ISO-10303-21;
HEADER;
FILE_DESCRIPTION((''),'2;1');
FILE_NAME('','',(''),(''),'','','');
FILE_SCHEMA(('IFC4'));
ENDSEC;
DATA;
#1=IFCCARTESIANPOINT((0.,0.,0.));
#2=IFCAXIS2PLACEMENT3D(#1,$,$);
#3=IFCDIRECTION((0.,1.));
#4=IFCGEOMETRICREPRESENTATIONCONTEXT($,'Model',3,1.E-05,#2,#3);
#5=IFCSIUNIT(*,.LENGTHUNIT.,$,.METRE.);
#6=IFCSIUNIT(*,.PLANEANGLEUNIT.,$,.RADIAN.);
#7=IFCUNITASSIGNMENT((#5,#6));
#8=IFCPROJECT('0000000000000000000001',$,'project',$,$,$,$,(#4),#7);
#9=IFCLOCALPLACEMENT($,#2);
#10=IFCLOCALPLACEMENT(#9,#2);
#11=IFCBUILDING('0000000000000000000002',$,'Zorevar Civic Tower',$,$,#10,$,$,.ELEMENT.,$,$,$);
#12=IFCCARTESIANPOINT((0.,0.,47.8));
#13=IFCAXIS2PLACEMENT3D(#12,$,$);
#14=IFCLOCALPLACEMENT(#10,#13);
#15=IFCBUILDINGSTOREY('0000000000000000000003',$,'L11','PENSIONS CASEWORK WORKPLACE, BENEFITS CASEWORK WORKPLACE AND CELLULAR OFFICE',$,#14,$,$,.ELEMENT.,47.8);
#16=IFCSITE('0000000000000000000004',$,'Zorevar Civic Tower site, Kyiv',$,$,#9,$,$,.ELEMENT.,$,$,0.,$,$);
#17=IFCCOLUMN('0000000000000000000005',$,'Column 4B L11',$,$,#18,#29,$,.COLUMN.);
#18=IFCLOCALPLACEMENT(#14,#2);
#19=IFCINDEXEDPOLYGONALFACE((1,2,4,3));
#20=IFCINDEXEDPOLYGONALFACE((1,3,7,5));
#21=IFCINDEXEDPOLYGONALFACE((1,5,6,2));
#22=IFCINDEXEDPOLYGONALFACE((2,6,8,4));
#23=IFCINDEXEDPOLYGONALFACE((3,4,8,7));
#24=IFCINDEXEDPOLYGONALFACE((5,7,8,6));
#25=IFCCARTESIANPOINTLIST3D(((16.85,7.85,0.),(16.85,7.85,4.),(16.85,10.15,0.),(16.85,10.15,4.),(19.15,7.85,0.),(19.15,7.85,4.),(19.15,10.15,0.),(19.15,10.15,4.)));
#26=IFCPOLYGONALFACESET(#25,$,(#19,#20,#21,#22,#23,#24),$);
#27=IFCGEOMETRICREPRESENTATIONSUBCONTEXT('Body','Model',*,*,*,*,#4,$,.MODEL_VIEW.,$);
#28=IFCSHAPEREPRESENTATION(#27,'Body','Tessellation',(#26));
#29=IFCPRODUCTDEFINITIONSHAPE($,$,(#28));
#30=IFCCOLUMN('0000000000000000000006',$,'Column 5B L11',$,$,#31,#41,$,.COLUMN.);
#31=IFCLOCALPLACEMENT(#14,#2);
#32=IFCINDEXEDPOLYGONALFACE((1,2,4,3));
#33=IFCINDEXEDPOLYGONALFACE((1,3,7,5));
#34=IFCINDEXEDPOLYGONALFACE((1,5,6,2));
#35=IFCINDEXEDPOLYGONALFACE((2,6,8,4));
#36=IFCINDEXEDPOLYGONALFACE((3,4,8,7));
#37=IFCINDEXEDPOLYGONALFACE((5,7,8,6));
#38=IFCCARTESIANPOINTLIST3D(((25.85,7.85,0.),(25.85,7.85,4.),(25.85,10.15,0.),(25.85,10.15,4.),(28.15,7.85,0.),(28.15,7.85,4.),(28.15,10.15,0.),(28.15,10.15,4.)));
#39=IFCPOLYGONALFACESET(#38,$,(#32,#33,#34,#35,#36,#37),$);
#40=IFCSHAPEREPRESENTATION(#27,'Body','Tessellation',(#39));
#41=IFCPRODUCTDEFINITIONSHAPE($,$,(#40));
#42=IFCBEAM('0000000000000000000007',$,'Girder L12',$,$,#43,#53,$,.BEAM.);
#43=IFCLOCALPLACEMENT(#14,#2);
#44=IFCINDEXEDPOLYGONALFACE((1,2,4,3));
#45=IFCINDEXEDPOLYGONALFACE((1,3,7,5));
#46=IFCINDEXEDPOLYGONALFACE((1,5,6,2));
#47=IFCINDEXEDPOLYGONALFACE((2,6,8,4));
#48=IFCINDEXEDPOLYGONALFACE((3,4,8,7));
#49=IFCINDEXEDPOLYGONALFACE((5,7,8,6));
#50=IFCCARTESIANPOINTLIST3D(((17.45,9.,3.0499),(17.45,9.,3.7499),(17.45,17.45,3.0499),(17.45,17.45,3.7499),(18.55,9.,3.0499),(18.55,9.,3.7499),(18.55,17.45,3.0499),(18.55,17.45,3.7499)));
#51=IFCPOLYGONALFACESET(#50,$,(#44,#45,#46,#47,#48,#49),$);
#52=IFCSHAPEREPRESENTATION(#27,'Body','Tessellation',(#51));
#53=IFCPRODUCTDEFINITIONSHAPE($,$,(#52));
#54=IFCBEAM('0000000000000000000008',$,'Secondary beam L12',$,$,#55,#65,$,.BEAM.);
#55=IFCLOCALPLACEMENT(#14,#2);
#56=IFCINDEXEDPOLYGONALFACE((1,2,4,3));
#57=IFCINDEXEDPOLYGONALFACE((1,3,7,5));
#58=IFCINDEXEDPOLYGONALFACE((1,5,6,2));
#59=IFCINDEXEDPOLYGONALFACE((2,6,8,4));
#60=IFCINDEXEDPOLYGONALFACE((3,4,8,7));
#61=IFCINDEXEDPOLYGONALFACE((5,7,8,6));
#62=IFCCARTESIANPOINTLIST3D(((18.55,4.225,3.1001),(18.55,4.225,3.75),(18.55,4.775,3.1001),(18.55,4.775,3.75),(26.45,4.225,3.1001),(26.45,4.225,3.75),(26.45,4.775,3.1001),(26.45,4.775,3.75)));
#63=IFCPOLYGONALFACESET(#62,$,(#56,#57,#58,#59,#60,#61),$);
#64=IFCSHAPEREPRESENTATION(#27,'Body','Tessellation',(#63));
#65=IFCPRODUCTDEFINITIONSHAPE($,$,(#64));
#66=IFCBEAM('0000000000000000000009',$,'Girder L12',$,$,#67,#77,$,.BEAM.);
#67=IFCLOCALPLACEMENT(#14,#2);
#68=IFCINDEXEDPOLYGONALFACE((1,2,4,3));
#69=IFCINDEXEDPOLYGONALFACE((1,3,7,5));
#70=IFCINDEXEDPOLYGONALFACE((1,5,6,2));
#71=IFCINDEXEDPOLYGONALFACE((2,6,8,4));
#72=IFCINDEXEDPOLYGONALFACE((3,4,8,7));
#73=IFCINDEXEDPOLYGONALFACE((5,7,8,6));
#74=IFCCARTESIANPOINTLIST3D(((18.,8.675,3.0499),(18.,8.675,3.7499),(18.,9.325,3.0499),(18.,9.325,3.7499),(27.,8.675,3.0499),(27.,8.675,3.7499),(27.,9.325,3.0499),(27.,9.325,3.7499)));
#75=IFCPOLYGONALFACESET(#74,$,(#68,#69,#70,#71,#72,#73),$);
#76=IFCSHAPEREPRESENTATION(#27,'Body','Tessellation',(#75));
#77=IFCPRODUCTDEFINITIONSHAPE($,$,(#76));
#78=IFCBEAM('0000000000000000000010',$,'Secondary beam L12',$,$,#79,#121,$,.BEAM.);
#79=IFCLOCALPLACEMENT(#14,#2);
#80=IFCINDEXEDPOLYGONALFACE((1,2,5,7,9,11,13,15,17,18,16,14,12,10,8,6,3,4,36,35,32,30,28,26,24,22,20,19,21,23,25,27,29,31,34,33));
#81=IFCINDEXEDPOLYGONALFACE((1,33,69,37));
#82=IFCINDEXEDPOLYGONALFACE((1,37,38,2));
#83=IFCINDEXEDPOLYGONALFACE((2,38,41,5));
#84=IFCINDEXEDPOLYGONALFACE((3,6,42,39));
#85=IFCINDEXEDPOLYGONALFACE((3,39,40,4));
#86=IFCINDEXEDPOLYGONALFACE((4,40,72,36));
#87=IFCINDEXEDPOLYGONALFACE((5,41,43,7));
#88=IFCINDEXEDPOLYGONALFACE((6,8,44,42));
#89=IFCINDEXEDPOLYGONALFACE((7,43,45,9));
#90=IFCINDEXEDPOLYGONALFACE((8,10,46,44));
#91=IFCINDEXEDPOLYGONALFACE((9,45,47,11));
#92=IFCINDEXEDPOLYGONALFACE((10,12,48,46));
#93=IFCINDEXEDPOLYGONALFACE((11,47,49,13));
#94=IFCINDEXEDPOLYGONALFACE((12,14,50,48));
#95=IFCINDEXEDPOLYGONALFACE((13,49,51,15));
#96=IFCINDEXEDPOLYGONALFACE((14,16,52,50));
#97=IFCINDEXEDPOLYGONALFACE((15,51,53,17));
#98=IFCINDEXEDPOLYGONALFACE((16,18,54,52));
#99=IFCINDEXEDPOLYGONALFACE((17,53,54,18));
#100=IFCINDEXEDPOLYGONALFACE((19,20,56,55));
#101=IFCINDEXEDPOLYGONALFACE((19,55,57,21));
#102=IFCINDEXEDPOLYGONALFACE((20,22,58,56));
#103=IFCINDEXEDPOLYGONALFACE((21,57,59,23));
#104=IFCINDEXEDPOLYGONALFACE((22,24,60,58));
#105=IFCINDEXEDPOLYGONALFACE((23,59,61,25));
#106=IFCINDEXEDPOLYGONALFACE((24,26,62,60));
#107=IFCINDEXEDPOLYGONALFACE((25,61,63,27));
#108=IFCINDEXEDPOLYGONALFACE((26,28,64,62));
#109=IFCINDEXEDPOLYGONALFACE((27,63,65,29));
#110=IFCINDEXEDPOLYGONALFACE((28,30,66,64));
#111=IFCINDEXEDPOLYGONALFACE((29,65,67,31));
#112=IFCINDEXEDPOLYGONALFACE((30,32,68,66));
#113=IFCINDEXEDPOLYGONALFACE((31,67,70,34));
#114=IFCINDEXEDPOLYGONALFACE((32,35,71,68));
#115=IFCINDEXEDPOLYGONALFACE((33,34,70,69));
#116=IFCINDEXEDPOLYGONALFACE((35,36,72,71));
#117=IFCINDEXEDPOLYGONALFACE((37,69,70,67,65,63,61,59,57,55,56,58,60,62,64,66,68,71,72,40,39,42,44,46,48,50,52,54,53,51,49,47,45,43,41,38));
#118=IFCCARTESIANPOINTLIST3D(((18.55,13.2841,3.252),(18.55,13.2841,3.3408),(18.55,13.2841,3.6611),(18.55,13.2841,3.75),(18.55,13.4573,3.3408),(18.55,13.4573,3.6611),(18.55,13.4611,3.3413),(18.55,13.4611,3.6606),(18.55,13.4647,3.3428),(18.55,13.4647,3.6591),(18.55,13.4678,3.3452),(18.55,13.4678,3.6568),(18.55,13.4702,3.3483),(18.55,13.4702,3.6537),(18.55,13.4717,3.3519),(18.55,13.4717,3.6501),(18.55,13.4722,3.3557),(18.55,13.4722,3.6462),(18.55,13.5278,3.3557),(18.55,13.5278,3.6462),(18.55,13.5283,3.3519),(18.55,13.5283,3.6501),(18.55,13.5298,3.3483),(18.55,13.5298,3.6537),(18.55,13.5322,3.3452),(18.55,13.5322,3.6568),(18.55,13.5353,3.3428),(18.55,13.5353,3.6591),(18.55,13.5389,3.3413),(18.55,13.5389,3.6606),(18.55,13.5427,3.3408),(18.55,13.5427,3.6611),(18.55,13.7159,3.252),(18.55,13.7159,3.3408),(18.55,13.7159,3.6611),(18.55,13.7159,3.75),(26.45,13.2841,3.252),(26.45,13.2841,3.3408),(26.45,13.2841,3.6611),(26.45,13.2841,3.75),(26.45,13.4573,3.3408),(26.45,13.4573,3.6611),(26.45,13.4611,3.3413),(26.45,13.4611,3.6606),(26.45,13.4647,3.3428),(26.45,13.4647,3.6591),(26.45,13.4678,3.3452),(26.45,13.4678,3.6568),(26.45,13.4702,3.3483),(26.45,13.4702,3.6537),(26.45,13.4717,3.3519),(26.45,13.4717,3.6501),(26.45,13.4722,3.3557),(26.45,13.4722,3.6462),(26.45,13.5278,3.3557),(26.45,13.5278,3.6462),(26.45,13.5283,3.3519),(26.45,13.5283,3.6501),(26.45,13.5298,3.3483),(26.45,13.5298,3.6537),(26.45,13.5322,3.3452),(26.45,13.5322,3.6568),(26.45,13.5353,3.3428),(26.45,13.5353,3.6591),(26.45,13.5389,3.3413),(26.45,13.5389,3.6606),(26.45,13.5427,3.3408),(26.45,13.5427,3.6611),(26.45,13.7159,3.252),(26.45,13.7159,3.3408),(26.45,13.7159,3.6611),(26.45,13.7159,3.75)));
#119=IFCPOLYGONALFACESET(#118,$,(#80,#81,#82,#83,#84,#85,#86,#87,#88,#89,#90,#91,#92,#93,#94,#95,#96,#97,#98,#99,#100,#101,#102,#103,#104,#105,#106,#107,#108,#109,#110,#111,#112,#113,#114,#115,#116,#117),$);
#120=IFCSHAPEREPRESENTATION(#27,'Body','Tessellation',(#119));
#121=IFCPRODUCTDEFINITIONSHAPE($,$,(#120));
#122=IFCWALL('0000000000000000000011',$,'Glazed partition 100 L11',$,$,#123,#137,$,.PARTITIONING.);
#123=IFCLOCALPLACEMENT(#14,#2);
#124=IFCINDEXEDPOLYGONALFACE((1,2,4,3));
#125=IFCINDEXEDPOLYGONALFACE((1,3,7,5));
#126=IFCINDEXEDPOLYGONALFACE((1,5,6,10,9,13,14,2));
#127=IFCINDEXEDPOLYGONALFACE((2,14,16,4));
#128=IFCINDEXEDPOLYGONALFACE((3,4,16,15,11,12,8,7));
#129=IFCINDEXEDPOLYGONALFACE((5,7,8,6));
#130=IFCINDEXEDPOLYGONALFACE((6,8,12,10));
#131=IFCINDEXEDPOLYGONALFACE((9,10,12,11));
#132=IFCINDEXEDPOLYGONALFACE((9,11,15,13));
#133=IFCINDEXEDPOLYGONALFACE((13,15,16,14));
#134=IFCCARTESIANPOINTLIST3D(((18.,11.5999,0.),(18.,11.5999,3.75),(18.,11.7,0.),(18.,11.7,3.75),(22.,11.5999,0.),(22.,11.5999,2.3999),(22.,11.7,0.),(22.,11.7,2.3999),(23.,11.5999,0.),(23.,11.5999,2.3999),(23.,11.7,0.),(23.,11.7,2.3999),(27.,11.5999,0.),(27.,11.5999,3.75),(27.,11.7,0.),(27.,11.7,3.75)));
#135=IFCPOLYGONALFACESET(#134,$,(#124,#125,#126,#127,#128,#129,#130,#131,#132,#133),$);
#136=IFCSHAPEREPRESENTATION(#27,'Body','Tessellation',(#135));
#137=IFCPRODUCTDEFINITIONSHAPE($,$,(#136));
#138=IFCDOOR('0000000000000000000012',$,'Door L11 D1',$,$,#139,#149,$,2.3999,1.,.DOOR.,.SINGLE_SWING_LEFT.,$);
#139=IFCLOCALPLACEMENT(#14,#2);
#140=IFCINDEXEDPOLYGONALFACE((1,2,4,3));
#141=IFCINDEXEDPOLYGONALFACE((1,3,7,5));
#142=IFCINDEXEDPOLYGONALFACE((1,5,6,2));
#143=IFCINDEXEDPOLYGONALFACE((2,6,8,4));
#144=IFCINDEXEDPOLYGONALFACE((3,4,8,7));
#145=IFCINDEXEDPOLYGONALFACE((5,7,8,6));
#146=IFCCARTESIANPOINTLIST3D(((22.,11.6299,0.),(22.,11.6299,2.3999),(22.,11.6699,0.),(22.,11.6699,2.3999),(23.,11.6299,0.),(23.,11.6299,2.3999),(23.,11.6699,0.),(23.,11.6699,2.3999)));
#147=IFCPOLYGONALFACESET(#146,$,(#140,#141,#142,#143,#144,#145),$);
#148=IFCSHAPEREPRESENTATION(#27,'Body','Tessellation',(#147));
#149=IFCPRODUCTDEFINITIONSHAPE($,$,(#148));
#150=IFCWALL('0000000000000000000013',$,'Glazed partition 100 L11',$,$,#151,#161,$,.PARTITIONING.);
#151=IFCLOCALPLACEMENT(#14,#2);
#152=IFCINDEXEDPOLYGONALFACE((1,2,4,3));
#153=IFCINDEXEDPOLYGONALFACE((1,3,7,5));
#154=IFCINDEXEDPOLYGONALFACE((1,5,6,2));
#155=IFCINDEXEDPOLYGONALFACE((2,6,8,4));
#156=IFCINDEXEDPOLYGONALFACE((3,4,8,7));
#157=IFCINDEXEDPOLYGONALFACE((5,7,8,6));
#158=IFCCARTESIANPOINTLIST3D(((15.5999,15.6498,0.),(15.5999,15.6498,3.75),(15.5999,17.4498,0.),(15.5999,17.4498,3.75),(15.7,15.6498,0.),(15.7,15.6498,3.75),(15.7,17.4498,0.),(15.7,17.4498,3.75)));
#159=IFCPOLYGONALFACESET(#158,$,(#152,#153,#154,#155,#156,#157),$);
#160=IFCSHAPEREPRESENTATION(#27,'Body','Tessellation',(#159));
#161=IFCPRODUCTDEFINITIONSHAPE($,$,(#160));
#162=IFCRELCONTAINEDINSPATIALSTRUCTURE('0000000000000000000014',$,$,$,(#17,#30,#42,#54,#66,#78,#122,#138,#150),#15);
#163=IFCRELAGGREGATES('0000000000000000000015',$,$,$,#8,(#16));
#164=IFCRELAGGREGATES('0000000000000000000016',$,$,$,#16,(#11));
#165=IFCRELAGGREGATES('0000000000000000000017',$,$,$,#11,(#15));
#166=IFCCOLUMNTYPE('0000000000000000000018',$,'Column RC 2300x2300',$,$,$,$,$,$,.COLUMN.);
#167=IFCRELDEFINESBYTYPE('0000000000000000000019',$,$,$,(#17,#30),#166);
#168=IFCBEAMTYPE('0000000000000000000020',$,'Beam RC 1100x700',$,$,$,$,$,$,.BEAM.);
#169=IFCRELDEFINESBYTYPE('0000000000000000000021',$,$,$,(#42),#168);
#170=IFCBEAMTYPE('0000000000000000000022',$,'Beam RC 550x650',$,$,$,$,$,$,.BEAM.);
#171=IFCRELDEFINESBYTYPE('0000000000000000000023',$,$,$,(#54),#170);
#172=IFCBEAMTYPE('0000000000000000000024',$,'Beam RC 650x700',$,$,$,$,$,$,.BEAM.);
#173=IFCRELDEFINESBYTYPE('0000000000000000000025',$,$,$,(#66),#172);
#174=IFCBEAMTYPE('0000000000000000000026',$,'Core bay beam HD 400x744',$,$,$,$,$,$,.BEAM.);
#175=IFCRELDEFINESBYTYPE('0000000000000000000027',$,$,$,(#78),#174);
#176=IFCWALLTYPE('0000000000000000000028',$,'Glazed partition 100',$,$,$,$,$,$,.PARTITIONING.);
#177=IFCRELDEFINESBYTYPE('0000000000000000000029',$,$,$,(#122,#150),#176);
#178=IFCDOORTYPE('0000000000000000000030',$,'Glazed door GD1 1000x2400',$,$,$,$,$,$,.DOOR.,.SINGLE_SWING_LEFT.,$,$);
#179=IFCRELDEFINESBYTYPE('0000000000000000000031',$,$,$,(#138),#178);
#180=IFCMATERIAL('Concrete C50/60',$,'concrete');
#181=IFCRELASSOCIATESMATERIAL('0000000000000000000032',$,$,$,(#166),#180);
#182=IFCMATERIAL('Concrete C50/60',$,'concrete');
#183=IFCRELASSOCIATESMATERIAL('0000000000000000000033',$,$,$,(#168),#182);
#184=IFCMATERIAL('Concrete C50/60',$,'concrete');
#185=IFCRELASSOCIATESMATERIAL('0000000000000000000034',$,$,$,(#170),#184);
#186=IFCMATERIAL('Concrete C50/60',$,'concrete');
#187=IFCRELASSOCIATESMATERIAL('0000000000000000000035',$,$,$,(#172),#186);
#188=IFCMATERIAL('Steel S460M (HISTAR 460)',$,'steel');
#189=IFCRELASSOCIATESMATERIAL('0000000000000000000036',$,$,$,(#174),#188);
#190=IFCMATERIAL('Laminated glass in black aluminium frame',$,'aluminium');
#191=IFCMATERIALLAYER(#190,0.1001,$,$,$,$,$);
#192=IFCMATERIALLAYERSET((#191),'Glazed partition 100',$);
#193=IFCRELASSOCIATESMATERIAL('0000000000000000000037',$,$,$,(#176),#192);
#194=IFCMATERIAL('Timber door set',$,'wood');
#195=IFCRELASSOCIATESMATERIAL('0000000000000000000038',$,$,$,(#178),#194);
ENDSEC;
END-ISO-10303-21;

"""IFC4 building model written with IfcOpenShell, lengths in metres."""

from ifc_helpers import new_model, si_unit, direction, frame, frame_2d, origin, origin_2d, place, context, subcontext, project, spatial, rectangle, i_section, extrude, material, layer, layer_set, material_profile, profile_set, type_object, element, fill, save


model = new_model("IFC4")

# Units and contexts
model_context = context("Model", 3, precision=1e-05, world=origin(), true_north=direction((0.0, 1.0)))
body_context = subcontext(model_context, "Body", "Model", "MODEL_VIEW")
ifc_project = project(units=[si_unit("LENGTHUNIT", "METRE"), si_unit("PLANEANGLEUNIT", "RADIAN")], contexts=[model_context])

# Site, building, storey
site_placement = place(None, origin())
site = spatial("IfcSite", under=ifc_project, at=site_placement, Name="Zorevar Civic Tower site, Kyiv", CompositionType="ELEMENT", RefElevation=0.0)
building_placement = place(site_placement, origin())
building = spatial("IfcBuilding", under=site, at=building_placement, Name="Zorevar Civic Tower", CompositionType="ELEMENT")
storey_placement = place(building_placement, frame((0.0, 0.0, 47.8)))
storey = spatial("IfcBuildingStorey", under=building, at=storey_placement, Name="L11", Description="PENSIONS CASEWORK WORKPLACE, BENEFITS CASEWORK WORKPLACE AND CELLULAR OFFICE", CompositionType="ELEMENT", Elevation=47.8)

# Columns
ifc_material_1 = material(Name="Concrete C50/60", Category="concrete")
ifc_material_profile_1 = material_profile(ifc_material_1, rectangle(XDim=2.3, YDim=2.3, at=origin_2d()), Name="RC 2300x2300")
ifc_profile_set_1 = profile_set([ifc_material_profile_1], Name="Concrete C50/60")
column_type = type_object("IfcColumnType", Name="Column RC 2300x2300", PredefinedType="COLUMN", material=ifc_profile_set_1)
for number, where, z_axis, x_axis, name in (
    (1, (18.0, 9.0, 0.0), (0.0, 0.0, 1.0), (1.0, 0.0, 0.0), "Column 4B L11"),
    (2, (27.0, 9.0, 0.0), (0.0, 0.0, 1.0), (1.0, 0.0, 0.0), "Column 5B L11"),
):
    element("IfcColumn", number, at=place(storey_placement, frame(where, z_axis=z_axis, x_axis=x_axis)), inside=storey, type_object=column_type, Name=name, PredefinedType="COLUMN", context=body_context, shape_type="SweptSolid", body=[
        extrude(rectangle(XDim=2.3, YDim=2.3, at=origin_2d()), origin(), (0.0, 0.0, 1.0), 4.0),
    ])

# Beams
ifc_material_2 = material(Name="Concrete C50/60", Category="concrete")
ifc_material_profile_2 = material_profile(ifc_material_2, rectangle(XDim=1.1001, YDim=0.7, at=origin_2d()), Name="RC 1100x700")
ifc_profile_set_2 = profile_set([ifc_material_profile_2], Name="Concrete C50/60")
beam_type_1 = type_object("IfcBeamType", Name="Beam RC 1100x700", PredefinedType="BEAM", material=ifc_profile_set_2)
beam_1_placement = place(storey_placement, frame((18.0, 9.0, 3.3999), z_axis=(0.0, 1.0, 0.0), x_axis=(-1.0, 0.0, 0.0)))
element("IfcBeam", 3, at=beam_1_placement, inside=storey, type_object=beam_type_1, Name="Girder L12", PredefinedType="BEAM", context=body_context, shape_type="SweptSolid", body=[
    extrude(rectangle(XDim=1.1001, YDim=0.7, at=origin_2d()), origin(), (0.0, 0.0, 1.0), 8.45),
])
ifc_material_3 = material(Name="Concrete C50/60", Category="concrete")
ifc_material_profile_3 = material_profile(ifc_material_3, rectangle(XDim=0.55, YDim=0.6499, at=origin_2d()), Name="RC 550x650")
ifc_profile_set_3 = profile_set([ifc_material_profile_3], Name="Concrete C50/60")
beam_type_2 = type_object("IfcBeamType", Name="Beam RC 550x650", PredefinedType="BEAM", material=ifc_profile_set_3)
beam_2_placement = place(storey_placement, frame((18.55, 4.5, 3.425), z_axis=(1.0, 0.0, 0.0), x_axis=(0.0, 1.0, 0.0)))
element("IfcBeam", 4, at=beam_2_placement, inside=storey, type_object=beam_type_2, Name="Secondary beam L12", PredefinedType="BEAM", context=body_context, shape_type="SweptSolid", body=[
    extrude(rectangle(XDim=0.55, YDim=0.6499, at=origin_2d()), origin(), (0.0, 0.0, 1.0), 7.8999),
])
ifc_material_4 = material(Name="Concrete C50/60", Category="concrete")
ifc_material_profile_4 = material_profile(ifc_material_4, rectangle(XDim=0.6499, YDim=0.7, at=origin_2d()), Name="RC 650x700")
ifc_profile_set_4 = profile_set([ifc_material_profile_4], Name="Concrete C50/60")
beam_type_3 = type_object("IfcBeamType", Name="Beam RC 650x700", PredefinedType="BEAM", material=ifc_profile_set_4)
beam_3_placement = place(storey_placement, frame((18.0, 9.0, 3.3999), z_axis=(1.0, 0.0, 0.0), x_axis=(0.0, 1.0, 0.0)))
element("IfcBeam", 5, at=beam_3_placement, inside=storey, type_object=beam_type_3, Name="Girder L12", PredefinedType="BEAM", context=body_context, shape_type="SweptSolid", body=[
    extrude(rectangle(XDim=0.6499, YDim=0.7, at=origin_2d()), origin(), (0.0, 0.0, 1.0), 9.0),
])
ifc_material_5 = material(Name="Steel S460M (HISTAR 460)", Category="steel")
ifc_material_profile_5 = material_profile(ifc_material_5, i_section(OverallWidth=0.4319, OverallDepth=0.498, WebThickness=0.0557, FlangeThickness=0.0889, FilletRadius=0.0149, at=origin_2d()), Name="HD 400x744")
ifc_profile_set_5 = profile_set([ifc_material_profile_5], Name="Steel S460M (HISTAR 460)")
beam_type_4 = type_object("IfcBeamType", Name="Core bay beam HD 400x744", PredefinedType="BEAM", material=ifc_profile_set_5)
beam_4_placement = place(storey_placement, frame((18.55, 13.5, 3.501), z_axis=(1.0, 0.0, 0.0), x_axis=(0.0, 1.0, 0.0)))
element("IfcBeam", 6, at=beam_4_placement, inside=storey, type_object=beam_type_4, Name="Secondary beam L12", PredefinedType="BEAM", context=body_context, shape_type="SweptSolid", body=[
    extrude(i_section(OverallWidth=0.4319, OverallDepth=0.498, WebThickness=0.0557, FlangeThickness=0.0889, FilletRadius=0.0149, at=origin_2d()), origin(), (0.0, 0.0, 1.0), 7.8999),
])

# Wall, opening, door
ifc_material_6 = material(Name="Laminated glass in black aluminium frame", Category="aluminium")
ifc_layer_1 = layer(ifc_material_6, 0.1001)
ifc_layer_set_1 = layer_set([ifc_layer_1], Name="Glazed partition 100")
wall_type_1 = type_object("IfcWallType", Name="Glazed partition 100", PredefinedType="PARTITIONING", material=ifc_layer_set_1)
wall_1_placement = place(storey_placement, frame((18.0, 11.6499, 0.0), z_axis=(0.0, 0.0, 1.0), x_axis=(1.0, 0.0, 0.0)))
wall_1 = element("IfcWall", 7, at=wall_1_placement, inside=storey, type_object=wall_type_1, Name="Glazed partition 100 L11", PredefinedType="PARTITIONING", context=body_context, shape_type="SweptSolid", body=[
    extrude(rectangle(XDim=9.0, YDim=0.1001, at=frame_2d((4.5, 0.0))), origin(), (0.0, 0.0, 1.0), 3.75),
])
opening_1_placement = place(wall_1_placement, frame((4.0, 0.0, 0.0)))
opening_1 = element("IfcOpeningElement", 8, at=opening_1_placement, cuts=wall_1, PredefinedType="OPENING", context=body_context, shape_type="SweptSolid", body=[
    extrude(rectangle(XDim=1.0, YDim=2.3999, at=frame_2d((0.5, 1.2))), frame((0.0, 0.0601, 0.0), z_axis=(0.0, -1.0, 0.0), x_axis=(1.0, 0.0, 0.0)), (0.0, 0.0, 1.0), 0.1201),
])
ifc_material_7 = material(Name="Timber door set", Category="wood")
door_type_1 = type_object("IfcDoorType", Name="Glazed door GD1 1000x2400", OperationType="SINGLE_SWING_LEFT", PredefinedType="DOOR", material=ifc_material_7)
door_1_placement = place(opening_1_placement, origin())
door_1 = element("IfcDoor", 9, at=door_1_placement, inside=storey, type_object=door_type_1, Name="Door L11 D1", OperationType="SINGLE_SWING_LEFT", OverallHeight=2.3999, OverallWidth=1.0, PredefinedType="DOOR", context=body_context, shape_type="SweptSolid", body=[
    extrude(rectangle(XDim=1.0, YDim=2.3999, at=frame_2d((0.5, 1.2))), frame((0.0, 0.02, 0.0), z_axis=(0.0, -1.0, 0.0), x_axis=(1.0, 0.0, 0.0)), (0.0, 0.0, 1.0), 0.04),
])
fill(opening_1, door_1)

# Wall
wall_2_placement = place(storey_placement, frame((15.6499, 15.6499, 0.0), z_axis=(0.0, 0.0, 1.0), x_axis=(0.0, 1.0, 0.0)))
element("IfcWall", 10, at=wall_2_placement, inside=storey, type_object=wall_type_1, Name="Glazed partition 100 L11", PredefinedType="PARTITIONING", context=body_context, shape_type="SweptSolid", body=[
    extrude(rectangle(XDim=1.8, YDim=0.1001, at=frame_2d((0.8999, 0.0))), origin(), (0.0, 0.0, 1.0), 3.75),
])

save(model, "model.ifc")
